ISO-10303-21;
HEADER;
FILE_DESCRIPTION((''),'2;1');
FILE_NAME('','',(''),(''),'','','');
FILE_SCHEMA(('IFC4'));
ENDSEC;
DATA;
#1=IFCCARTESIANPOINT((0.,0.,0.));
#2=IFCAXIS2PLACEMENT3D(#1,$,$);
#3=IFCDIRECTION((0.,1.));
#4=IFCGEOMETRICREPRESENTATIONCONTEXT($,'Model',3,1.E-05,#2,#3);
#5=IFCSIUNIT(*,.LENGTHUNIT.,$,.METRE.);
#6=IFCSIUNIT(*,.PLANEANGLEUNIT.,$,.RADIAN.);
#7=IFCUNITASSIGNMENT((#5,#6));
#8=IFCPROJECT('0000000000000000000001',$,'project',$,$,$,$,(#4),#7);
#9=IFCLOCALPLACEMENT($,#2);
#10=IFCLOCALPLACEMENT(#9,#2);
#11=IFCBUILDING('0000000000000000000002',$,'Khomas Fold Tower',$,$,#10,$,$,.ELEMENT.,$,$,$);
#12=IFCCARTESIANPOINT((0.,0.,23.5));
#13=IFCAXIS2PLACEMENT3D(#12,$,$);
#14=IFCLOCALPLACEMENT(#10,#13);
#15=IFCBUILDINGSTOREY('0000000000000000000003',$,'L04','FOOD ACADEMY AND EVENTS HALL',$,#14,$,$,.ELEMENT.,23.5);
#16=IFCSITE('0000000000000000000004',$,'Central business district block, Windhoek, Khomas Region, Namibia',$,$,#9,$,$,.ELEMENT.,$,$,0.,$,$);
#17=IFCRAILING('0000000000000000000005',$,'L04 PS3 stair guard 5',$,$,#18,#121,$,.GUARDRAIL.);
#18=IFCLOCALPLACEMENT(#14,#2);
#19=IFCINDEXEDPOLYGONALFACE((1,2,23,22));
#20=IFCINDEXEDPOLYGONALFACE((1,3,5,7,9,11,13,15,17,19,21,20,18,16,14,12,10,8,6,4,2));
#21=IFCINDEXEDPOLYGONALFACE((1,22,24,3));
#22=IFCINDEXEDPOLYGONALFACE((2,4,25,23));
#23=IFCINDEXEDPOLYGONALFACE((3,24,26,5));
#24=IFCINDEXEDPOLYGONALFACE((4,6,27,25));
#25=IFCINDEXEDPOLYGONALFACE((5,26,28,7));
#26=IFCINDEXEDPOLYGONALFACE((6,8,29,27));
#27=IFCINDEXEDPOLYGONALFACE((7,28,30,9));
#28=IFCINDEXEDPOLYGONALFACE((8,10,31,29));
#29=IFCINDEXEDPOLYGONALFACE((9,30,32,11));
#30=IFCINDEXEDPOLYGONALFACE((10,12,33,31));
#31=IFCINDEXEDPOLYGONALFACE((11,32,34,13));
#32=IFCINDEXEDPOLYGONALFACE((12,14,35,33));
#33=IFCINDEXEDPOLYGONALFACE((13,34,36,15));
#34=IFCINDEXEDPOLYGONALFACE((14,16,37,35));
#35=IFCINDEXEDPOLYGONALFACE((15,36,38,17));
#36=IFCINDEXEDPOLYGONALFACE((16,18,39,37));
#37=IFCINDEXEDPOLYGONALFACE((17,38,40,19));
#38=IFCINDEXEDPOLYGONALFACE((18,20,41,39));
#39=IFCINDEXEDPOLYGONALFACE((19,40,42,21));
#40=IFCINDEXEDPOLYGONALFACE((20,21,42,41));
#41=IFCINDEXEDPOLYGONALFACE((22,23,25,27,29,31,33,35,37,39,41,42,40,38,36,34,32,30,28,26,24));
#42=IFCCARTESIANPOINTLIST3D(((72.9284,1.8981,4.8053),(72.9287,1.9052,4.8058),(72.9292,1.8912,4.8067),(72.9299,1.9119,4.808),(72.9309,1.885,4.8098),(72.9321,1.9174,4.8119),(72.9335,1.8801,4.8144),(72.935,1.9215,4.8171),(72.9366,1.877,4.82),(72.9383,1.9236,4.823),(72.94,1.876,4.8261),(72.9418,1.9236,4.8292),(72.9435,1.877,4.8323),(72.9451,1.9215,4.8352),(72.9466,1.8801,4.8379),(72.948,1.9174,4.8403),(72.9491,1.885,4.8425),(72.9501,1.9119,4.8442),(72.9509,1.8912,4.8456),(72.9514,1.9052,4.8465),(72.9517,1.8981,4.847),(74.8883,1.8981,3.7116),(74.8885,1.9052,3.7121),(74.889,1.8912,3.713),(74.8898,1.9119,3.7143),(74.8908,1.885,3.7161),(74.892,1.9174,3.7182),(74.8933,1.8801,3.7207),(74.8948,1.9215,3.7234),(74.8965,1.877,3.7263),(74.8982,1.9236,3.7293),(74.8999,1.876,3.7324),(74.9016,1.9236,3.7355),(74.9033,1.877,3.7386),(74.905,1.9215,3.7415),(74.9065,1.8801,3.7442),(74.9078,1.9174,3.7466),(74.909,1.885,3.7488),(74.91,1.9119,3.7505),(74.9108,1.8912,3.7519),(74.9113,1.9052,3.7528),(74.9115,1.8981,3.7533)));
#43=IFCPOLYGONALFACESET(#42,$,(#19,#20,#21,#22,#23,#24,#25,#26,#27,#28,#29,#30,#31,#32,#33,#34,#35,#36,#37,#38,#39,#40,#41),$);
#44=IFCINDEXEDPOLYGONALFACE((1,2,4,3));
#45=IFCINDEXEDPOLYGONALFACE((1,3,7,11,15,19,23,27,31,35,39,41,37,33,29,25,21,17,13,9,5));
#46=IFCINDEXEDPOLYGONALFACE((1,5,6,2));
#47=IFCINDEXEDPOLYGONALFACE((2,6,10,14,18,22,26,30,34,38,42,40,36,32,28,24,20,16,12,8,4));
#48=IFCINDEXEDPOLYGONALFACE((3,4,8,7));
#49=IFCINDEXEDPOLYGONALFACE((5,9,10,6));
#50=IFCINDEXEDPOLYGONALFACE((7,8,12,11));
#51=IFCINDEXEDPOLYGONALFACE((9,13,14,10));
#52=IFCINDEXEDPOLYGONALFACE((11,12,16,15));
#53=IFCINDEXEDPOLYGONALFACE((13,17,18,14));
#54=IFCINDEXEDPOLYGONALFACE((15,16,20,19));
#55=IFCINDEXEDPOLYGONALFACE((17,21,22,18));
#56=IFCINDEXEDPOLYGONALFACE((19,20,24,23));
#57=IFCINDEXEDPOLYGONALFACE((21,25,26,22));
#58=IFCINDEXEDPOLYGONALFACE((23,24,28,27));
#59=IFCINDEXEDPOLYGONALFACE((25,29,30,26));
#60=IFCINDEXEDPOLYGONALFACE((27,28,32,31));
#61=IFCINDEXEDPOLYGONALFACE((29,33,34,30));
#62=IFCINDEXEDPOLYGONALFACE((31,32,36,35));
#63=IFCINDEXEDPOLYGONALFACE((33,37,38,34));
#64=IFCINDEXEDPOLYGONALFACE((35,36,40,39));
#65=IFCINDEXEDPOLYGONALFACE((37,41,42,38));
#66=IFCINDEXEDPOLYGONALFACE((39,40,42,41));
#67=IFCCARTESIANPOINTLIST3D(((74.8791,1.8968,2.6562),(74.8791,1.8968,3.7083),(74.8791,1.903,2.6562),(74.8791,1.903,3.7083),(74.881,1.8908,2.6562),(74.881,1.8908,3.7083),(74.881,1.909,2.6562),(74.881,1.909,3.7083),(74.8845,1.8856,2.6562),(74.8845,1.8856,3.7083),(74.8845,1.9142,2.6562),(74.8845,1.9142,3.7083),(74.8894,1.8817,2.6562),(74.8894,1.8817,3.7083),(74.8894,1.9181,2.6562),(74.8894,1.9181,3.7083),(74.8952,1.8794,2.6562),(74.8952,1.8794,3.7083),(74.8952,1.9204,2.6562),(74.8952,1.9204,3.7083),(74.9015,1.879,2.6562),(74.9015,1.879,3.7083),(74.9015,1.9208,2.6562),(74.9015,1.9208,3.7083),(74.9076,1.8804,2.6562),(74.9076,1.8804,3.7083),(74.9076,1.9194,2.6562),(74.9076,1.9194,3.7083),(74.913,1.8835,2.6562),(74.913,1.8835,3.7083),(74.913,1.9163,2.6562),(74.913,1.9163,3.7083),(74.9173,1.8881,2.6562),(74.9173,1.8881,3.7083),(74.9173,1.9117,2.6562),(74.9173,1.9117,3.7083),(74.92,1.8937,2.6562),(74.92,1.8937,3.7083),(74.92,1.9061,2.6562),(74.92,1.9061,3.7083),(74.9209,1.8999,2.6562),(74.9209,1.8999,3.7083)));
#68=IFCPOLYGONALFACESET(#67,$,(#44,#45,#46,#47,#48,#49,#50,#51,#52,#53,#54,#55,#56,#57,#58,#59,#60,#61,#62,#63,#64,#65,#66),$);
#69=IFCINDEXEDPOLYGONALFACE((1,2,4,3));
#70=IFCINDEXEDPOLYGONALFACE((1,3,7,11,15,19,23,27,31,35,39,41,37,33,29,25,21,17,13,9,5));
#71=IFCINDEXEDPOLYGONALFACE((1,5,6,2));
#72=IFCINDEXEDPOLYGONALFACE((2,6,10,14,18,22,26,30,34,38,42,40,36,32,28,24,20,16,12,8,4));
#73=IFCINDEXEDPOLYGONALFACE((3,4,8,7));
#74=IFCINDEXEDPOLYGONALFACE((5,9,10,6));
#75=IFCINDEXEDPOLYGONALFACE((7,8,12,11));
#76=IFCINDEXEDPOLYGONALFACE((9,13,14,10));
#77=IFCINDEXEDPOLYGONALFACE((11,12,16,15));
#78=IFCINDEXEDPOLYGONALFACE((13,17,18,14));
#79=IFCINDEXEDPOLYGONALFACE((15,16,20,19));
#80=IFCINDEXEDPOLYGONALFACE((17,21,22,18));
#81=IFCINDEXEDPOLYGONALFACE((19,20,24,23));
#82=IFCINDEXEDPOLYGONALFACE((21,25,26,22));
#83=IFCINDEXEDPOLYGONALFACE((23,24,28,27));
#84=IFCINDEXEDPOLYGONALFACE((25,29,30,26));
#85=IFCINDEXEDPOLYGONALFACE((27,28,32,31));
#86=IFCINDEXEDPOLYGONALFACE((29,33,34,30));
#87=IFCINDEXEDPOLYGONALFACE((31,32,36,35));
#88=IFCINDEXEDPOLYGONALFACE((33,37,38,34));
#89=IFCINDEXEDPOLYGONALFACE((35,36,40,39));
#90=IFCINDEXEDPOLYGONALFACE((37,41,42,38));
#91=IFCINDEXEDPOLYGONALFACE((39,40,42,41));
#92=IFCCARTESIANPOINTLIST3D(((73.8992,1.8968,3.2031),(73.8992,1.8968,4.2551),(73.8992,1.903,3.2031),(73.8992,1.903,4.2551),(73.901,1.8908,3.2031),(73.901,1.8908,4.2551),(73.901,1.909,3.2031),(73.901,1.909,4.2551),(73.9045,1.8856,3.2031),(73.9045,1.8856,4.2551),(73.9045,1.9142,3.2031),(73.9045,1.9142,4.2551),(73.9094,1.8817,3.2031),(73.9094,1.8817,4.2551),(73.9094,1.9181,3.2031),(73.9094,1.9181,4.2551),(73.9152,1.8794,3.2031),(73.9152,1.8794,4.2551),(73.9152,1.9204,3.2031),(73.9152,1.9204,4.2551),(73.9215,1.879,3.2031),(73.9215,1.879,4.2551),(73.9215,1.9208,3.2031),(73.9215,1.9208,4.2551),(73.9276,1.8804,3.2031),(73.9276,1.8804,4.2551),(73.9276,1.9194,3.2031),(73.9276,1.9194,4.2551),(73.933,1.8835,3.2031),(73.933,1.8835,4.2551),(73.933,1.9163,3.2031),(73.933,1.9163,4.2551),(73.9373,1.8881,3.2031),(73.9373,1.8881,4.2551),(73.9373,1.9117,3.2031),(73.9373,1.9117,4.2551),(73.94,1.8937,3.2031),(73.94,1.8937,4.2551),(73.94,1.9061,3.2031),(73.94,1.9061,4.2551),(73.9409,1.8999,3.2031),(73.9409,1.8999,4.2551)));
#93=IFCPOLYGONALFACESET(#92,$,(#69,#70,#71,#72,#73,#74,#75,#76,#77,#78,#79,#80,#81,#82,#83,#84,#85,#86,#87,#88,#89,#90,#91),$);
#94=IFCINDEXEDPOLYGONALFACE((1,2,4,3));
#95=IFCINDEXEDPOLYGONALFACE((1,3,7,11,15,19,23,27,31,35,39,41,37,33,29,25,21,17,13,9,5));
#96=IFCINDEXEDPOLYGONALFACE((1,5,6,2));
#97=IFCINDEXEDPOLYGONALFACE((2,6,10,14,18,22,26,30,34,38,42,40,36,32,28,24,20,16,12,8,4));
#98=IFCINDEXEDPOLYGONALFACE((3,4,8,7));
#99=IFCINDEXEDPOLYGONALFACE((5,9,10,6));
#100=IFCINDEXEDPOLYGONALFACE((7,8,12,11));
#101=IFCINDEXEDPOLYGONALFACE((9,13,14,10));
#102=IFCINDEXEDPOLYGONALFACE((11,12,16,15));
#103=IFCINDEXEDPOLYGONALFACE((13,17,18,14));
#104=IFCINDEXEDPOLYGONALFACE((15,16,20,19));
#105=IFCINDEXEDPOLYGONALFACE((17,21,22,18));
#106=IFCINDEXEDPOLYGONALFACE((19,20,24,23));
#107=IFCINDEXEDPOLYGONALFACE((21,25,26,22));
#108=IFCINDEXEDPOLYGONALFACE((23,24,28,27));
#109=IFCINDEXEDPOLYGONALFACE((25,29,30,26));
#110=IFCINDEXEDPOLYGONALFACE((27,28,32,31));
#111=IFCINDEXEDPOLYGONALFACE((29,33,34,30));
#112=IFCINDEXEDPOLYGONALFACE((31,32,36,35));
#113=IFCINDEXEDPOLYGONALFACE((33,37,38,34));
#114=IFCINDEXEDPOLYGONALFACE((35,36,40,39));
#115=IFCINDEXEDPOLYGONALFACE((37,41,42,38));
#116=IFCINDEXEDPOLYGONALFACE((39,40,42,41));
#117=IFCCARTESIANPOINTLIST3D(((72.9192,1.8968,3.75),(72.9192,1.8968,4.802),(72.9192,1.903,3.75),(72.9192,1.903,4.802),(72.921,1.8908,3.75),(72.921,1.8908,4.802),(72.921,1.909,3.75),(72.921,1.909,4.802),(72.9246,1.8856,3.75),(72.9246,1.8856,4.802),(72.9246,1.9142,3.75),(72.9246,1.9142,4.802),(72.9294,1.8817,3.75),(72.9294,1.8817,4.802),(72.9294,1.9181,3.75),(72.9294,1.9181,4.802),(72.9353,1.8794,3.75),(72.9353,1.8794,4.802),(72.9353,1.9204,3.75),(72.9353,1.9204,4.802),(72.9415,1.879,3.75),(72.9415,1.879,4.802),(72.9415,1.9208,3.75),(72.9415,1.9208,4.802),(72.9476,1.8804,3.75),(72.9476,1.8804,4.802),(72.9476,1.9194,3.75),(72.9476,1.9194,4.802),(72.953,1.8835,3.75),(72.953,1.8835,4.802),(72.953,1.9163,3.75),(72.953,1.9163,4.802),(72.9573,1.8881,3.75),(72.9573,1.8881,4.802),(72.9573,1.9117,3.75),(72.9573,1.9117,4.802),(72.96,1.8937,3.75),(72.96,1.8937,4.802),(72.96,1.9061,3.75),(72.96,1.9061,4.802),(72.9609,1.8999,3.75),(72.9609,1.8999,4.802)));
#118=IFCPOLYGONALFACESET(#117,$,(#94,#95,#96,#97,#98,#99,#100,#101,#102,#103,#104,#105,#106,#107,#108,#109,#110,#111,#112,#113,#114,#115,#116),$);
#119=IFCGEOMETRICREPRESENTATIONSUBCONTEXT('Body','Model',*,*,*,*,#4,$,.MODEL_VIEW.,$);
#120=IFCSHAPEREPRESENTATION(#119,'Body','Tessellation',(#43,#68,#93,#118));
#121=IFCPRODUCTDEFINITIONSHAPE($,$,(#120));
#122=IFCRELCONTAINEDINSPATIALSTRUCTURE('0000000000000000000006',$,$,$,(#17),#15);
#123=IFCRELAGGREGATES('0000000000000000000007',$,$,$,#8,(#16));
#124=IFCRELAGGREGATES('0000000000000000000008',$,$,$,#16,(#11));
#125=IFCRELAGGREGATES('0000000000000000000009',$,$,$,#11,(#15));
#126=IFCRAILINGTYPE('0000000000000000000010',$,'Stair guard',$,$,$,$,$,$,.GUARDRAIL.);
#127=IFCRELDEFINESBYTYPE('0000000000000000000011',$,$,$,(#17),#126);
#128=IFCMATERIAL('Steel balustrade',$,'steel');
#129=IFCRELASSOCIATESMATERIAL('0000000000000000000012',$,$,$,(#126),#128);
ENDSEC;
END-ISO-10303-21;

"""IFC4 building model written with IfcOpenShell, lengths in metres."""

from ifc_helpers import new_model, si_unit, direction, frame, origin, origin_2d, place, context, subcontext, project, spatial, circle, extrude, source, transform, mapped, material, type_object, element, save


model = new_model("IFC4")

# Units and contexts
model_context = context("Model", 3, precision=1e-05, world=origin(), true_north=direction((0.0, 1.0)))
body_context = subcontext(model_context, "Body", "Model", "MODEL_VIEW")
ifc_project = project(units=[si_unit("LENGTHUNIT", "METRE"), si_unit("PLANEANGLEUNIT", "RADIAN")], contexts=[model_context])

# Site, building, storey
site_placement = place(None, origin())
site = spatial("IfcSite", under=ifc_project, at=site_placement, Name="Central business district block, Windhoek, Khomas Region, Namibia", CompositionType="ELEMENT", RefElevation=0.0)
building_placement = place(site_placement, origin())
building = spatial("IfcBuilding", under=site, at=building_placement, Name="Khomas Fold Tower", CompositionType="ELEMENT")
storey_placement = place(building_placement, frame((0.0, 0.0, 23.5)))
storey = spatial("IfcBuildingStorey", under=building, at=storey_placement, Name="L04", Description="FOOD ACADEMY AND EVENTS HALL", CompositionType="ELEMENT", Elevation=23.5)

# Railing
ifc_material_1 = material(Name="Steel balustrade", Category="steel")
railing_type_1 = type_object("IfcRailingType", Name="Stair guard", PredefinedType="GUARDRAIL", material=ifc_material_1)
shared_shape_1 = source(origin(), body_context, "Body", "SweptSolid", [
    extrude(circle(Radius=0.0239, at=origin_2d()), frame((0.0, 0.0, 1.0762), z_axis=(-0.873232, 0.0, 0.487304), x_axis=(0.0, -1.0, 0.0)), (0.0, 0.0, 1.0), 2.2444),
    extrude(circle(Radius=0.021, at=origin_2d()), origin(), (0.0, 0.0, 1.0), 1.052),
    extrude(circle(Radius=0.021, at=origin_2d()), frame((-0.98, 0.0, 0.5469)), (0.0, 0.0, 1.0), 1.052),
    extrude(circle(Radius=0.021, at=origin_2d()), frame((-1.96, 0.0, 1.0938)), (0.0, 0.0, 1.0), 1.052),
])
for number, where, name in (
    (1, (74.8999, 1.8999, 2.6562), "L04 PS3 stair guard 5"),
):
    element("IfcRailing", number, at=place(storey_placement, frame(where)), inside=storey, type_object=railing_type_1, Name=name, PredefinedType="GUARDRAIL", context=body_context, shape_type="MappedRepresentation", body=[
        mapped(shared_shape_1, transform((0.0, 0.0, 0.0))),
    ])

save(model, "model.ifc")
